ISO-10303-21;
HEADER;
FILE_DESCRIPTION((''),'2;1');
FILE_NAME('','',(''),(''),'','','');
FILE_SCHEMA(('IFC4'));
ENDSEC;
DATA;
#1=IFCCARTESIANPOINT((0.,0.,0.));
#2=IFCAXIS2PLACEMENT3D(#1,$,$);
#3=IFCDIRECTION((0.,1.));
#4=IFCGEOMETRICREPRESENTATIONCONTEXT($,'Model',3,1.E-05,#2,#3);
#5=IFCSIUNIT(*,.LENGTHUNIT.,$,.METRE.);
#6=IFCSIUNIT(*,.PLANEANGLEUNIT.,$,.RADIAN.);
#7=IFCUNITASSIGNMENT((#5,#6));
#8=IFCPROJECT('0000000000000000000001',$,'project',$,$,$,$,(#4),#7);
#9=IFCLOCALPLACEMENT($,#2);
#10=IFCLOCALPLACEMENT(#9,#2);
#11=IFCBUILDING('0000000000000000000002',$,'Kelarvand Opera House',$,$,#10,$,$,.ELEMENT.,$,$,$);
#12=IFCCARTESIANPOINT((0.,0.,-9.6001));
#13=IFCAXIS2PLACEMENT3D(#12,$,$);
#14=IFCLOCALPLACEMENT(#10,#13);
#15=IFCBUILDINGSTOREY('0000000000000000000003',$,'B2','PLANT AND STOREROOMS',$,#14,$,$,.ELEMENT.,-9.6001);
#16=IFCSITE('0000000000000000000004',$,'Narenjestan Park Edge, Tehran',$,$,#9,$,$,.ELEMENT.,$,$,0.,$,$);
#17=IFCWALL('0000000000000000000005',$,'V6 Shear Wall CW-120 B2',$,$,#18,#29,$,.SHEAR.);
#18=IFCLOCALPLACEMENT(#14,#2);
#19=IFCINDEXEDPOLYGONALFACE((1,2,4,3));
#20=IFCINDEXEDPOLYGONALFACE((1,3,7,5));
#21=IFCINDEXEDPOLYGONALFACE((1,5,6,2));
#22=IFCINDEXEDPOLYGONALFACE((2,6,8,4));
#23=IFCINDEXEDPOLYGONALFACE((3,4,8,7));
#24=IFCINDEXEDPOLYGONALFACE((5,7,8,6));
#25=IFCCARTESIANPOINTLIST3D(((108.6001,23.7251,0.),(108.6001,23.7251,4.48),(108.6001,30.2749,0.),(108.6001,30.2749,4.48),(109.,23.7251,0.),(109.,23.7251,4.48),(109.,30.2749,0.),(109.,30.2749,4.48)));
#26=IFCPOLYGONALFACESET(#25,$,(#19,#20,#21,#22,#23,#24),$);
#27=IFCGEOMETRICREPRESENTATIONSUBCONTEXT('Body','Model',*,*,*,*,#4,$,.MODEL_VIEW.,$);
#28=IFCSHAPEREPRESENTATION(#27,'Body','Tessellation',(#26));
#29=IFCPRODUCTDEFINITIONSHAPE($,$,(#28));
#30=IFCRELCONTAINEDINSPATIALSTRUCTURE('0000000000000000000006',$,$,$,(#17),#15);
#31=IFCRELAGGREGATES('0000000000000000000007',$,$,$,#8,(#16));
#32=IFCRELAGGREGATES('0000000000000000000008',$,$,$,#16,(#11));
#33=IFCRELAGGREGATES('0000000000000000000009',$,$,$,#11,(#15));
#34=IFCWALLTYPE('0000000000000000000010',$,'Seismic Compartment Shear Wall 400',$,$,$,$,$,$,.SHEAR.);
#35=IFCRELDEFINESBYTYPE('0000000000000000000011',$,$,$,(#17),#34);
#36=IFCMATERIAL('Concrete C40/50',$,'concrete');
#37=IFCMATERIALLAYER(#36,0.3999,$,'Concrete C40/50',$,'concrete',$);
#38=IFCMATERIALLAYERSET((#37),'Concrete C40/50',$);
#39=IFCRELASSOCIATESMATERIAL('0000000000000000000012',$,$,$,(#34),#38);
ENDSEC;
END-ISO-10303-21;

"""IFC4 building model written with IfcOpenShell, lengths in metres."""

from ifc_helpers import new_model, si_unit, direction, frame, frame_2d, origin, place, context, subcontext, project, spatial, rectangle, extrude, material, layer, layer_set, type_object, element, save


model = new_model("IFC4")

# Units and contexts
model_context = context("Model", 3, precision=1e-05, world=origin(), true_north=direction((0.0, 1.0)))
body_context = subcontext(model_context, "Body", "Model", "MODEL_VIEW")
ifc_project = project(units=[si_unit("LENGTHUNIT", "METRE"), si_unit("PLANEANGLEUNIT", "RADIAN")], contexts=[model_context])

# Site, building, storey
site_placement = place(None, origin())
site = spatial("IfcSite", under=ifc_project, at=site_placement, Name="Narenjestan Park Edge, Tehran", CompositionType="ELEMENT", RefElevation=0.0)
building_placement = place(site_placement, origin())
building = spatial("IfcBuilding", under=site, at=building_placement, Name="Kelarvand Opera House", CompositionType="ELEMENT")
storey_placement = place(building_placement, frame((0.0, 0.0, -9.6001)))
storey = spatial("IfcBuildingStorey", under=building, at=storey_placement, Name="B2", Description="PLANT AND STOREROOMS", CompositionType="ELEMENT", Elevation=-9.6001)

# Shared definitions
ifc_material_1 = material(Name="Concrete C40/50", Category="concrete")

# Wall
ifc_layer_1 = layer(ifc_material_1, 0.3999, Name="Concrete C40/50", Category="concrete")
ifc_layer_set_1 = layer_set([ifc_layer_1], Name="Concrete C40/50")
wall_type_1 = type_object("IfcWallType", Name="Seismic Compartment Shear Wall 400", PredefinedType="SHEAR", material=ifc_layer_set_1)
wall_placement = place(storey_placement, frame((108.8, 23.7251, 0.0), z_axis=(0.0, 0.0, 1.0), x_axis=(0.0, 1.0, 0.0)))
element("IfcWall", 1, at=wall_placement, inside=storey, type_object=wall_type_1, Name="V6 Shear Wall CW-120 B2", PredefinedType="SHEAR", context=body_context, shape_type="SweptSolid", body=[
    extrude(rectangle(XDim=6.5498, YDim=0.3999, at=frame_2d((3.2749, 0.0))), origin(), (0.0, 0.0, 1.0), 4.48),
])

save(model, "model.ifc")
